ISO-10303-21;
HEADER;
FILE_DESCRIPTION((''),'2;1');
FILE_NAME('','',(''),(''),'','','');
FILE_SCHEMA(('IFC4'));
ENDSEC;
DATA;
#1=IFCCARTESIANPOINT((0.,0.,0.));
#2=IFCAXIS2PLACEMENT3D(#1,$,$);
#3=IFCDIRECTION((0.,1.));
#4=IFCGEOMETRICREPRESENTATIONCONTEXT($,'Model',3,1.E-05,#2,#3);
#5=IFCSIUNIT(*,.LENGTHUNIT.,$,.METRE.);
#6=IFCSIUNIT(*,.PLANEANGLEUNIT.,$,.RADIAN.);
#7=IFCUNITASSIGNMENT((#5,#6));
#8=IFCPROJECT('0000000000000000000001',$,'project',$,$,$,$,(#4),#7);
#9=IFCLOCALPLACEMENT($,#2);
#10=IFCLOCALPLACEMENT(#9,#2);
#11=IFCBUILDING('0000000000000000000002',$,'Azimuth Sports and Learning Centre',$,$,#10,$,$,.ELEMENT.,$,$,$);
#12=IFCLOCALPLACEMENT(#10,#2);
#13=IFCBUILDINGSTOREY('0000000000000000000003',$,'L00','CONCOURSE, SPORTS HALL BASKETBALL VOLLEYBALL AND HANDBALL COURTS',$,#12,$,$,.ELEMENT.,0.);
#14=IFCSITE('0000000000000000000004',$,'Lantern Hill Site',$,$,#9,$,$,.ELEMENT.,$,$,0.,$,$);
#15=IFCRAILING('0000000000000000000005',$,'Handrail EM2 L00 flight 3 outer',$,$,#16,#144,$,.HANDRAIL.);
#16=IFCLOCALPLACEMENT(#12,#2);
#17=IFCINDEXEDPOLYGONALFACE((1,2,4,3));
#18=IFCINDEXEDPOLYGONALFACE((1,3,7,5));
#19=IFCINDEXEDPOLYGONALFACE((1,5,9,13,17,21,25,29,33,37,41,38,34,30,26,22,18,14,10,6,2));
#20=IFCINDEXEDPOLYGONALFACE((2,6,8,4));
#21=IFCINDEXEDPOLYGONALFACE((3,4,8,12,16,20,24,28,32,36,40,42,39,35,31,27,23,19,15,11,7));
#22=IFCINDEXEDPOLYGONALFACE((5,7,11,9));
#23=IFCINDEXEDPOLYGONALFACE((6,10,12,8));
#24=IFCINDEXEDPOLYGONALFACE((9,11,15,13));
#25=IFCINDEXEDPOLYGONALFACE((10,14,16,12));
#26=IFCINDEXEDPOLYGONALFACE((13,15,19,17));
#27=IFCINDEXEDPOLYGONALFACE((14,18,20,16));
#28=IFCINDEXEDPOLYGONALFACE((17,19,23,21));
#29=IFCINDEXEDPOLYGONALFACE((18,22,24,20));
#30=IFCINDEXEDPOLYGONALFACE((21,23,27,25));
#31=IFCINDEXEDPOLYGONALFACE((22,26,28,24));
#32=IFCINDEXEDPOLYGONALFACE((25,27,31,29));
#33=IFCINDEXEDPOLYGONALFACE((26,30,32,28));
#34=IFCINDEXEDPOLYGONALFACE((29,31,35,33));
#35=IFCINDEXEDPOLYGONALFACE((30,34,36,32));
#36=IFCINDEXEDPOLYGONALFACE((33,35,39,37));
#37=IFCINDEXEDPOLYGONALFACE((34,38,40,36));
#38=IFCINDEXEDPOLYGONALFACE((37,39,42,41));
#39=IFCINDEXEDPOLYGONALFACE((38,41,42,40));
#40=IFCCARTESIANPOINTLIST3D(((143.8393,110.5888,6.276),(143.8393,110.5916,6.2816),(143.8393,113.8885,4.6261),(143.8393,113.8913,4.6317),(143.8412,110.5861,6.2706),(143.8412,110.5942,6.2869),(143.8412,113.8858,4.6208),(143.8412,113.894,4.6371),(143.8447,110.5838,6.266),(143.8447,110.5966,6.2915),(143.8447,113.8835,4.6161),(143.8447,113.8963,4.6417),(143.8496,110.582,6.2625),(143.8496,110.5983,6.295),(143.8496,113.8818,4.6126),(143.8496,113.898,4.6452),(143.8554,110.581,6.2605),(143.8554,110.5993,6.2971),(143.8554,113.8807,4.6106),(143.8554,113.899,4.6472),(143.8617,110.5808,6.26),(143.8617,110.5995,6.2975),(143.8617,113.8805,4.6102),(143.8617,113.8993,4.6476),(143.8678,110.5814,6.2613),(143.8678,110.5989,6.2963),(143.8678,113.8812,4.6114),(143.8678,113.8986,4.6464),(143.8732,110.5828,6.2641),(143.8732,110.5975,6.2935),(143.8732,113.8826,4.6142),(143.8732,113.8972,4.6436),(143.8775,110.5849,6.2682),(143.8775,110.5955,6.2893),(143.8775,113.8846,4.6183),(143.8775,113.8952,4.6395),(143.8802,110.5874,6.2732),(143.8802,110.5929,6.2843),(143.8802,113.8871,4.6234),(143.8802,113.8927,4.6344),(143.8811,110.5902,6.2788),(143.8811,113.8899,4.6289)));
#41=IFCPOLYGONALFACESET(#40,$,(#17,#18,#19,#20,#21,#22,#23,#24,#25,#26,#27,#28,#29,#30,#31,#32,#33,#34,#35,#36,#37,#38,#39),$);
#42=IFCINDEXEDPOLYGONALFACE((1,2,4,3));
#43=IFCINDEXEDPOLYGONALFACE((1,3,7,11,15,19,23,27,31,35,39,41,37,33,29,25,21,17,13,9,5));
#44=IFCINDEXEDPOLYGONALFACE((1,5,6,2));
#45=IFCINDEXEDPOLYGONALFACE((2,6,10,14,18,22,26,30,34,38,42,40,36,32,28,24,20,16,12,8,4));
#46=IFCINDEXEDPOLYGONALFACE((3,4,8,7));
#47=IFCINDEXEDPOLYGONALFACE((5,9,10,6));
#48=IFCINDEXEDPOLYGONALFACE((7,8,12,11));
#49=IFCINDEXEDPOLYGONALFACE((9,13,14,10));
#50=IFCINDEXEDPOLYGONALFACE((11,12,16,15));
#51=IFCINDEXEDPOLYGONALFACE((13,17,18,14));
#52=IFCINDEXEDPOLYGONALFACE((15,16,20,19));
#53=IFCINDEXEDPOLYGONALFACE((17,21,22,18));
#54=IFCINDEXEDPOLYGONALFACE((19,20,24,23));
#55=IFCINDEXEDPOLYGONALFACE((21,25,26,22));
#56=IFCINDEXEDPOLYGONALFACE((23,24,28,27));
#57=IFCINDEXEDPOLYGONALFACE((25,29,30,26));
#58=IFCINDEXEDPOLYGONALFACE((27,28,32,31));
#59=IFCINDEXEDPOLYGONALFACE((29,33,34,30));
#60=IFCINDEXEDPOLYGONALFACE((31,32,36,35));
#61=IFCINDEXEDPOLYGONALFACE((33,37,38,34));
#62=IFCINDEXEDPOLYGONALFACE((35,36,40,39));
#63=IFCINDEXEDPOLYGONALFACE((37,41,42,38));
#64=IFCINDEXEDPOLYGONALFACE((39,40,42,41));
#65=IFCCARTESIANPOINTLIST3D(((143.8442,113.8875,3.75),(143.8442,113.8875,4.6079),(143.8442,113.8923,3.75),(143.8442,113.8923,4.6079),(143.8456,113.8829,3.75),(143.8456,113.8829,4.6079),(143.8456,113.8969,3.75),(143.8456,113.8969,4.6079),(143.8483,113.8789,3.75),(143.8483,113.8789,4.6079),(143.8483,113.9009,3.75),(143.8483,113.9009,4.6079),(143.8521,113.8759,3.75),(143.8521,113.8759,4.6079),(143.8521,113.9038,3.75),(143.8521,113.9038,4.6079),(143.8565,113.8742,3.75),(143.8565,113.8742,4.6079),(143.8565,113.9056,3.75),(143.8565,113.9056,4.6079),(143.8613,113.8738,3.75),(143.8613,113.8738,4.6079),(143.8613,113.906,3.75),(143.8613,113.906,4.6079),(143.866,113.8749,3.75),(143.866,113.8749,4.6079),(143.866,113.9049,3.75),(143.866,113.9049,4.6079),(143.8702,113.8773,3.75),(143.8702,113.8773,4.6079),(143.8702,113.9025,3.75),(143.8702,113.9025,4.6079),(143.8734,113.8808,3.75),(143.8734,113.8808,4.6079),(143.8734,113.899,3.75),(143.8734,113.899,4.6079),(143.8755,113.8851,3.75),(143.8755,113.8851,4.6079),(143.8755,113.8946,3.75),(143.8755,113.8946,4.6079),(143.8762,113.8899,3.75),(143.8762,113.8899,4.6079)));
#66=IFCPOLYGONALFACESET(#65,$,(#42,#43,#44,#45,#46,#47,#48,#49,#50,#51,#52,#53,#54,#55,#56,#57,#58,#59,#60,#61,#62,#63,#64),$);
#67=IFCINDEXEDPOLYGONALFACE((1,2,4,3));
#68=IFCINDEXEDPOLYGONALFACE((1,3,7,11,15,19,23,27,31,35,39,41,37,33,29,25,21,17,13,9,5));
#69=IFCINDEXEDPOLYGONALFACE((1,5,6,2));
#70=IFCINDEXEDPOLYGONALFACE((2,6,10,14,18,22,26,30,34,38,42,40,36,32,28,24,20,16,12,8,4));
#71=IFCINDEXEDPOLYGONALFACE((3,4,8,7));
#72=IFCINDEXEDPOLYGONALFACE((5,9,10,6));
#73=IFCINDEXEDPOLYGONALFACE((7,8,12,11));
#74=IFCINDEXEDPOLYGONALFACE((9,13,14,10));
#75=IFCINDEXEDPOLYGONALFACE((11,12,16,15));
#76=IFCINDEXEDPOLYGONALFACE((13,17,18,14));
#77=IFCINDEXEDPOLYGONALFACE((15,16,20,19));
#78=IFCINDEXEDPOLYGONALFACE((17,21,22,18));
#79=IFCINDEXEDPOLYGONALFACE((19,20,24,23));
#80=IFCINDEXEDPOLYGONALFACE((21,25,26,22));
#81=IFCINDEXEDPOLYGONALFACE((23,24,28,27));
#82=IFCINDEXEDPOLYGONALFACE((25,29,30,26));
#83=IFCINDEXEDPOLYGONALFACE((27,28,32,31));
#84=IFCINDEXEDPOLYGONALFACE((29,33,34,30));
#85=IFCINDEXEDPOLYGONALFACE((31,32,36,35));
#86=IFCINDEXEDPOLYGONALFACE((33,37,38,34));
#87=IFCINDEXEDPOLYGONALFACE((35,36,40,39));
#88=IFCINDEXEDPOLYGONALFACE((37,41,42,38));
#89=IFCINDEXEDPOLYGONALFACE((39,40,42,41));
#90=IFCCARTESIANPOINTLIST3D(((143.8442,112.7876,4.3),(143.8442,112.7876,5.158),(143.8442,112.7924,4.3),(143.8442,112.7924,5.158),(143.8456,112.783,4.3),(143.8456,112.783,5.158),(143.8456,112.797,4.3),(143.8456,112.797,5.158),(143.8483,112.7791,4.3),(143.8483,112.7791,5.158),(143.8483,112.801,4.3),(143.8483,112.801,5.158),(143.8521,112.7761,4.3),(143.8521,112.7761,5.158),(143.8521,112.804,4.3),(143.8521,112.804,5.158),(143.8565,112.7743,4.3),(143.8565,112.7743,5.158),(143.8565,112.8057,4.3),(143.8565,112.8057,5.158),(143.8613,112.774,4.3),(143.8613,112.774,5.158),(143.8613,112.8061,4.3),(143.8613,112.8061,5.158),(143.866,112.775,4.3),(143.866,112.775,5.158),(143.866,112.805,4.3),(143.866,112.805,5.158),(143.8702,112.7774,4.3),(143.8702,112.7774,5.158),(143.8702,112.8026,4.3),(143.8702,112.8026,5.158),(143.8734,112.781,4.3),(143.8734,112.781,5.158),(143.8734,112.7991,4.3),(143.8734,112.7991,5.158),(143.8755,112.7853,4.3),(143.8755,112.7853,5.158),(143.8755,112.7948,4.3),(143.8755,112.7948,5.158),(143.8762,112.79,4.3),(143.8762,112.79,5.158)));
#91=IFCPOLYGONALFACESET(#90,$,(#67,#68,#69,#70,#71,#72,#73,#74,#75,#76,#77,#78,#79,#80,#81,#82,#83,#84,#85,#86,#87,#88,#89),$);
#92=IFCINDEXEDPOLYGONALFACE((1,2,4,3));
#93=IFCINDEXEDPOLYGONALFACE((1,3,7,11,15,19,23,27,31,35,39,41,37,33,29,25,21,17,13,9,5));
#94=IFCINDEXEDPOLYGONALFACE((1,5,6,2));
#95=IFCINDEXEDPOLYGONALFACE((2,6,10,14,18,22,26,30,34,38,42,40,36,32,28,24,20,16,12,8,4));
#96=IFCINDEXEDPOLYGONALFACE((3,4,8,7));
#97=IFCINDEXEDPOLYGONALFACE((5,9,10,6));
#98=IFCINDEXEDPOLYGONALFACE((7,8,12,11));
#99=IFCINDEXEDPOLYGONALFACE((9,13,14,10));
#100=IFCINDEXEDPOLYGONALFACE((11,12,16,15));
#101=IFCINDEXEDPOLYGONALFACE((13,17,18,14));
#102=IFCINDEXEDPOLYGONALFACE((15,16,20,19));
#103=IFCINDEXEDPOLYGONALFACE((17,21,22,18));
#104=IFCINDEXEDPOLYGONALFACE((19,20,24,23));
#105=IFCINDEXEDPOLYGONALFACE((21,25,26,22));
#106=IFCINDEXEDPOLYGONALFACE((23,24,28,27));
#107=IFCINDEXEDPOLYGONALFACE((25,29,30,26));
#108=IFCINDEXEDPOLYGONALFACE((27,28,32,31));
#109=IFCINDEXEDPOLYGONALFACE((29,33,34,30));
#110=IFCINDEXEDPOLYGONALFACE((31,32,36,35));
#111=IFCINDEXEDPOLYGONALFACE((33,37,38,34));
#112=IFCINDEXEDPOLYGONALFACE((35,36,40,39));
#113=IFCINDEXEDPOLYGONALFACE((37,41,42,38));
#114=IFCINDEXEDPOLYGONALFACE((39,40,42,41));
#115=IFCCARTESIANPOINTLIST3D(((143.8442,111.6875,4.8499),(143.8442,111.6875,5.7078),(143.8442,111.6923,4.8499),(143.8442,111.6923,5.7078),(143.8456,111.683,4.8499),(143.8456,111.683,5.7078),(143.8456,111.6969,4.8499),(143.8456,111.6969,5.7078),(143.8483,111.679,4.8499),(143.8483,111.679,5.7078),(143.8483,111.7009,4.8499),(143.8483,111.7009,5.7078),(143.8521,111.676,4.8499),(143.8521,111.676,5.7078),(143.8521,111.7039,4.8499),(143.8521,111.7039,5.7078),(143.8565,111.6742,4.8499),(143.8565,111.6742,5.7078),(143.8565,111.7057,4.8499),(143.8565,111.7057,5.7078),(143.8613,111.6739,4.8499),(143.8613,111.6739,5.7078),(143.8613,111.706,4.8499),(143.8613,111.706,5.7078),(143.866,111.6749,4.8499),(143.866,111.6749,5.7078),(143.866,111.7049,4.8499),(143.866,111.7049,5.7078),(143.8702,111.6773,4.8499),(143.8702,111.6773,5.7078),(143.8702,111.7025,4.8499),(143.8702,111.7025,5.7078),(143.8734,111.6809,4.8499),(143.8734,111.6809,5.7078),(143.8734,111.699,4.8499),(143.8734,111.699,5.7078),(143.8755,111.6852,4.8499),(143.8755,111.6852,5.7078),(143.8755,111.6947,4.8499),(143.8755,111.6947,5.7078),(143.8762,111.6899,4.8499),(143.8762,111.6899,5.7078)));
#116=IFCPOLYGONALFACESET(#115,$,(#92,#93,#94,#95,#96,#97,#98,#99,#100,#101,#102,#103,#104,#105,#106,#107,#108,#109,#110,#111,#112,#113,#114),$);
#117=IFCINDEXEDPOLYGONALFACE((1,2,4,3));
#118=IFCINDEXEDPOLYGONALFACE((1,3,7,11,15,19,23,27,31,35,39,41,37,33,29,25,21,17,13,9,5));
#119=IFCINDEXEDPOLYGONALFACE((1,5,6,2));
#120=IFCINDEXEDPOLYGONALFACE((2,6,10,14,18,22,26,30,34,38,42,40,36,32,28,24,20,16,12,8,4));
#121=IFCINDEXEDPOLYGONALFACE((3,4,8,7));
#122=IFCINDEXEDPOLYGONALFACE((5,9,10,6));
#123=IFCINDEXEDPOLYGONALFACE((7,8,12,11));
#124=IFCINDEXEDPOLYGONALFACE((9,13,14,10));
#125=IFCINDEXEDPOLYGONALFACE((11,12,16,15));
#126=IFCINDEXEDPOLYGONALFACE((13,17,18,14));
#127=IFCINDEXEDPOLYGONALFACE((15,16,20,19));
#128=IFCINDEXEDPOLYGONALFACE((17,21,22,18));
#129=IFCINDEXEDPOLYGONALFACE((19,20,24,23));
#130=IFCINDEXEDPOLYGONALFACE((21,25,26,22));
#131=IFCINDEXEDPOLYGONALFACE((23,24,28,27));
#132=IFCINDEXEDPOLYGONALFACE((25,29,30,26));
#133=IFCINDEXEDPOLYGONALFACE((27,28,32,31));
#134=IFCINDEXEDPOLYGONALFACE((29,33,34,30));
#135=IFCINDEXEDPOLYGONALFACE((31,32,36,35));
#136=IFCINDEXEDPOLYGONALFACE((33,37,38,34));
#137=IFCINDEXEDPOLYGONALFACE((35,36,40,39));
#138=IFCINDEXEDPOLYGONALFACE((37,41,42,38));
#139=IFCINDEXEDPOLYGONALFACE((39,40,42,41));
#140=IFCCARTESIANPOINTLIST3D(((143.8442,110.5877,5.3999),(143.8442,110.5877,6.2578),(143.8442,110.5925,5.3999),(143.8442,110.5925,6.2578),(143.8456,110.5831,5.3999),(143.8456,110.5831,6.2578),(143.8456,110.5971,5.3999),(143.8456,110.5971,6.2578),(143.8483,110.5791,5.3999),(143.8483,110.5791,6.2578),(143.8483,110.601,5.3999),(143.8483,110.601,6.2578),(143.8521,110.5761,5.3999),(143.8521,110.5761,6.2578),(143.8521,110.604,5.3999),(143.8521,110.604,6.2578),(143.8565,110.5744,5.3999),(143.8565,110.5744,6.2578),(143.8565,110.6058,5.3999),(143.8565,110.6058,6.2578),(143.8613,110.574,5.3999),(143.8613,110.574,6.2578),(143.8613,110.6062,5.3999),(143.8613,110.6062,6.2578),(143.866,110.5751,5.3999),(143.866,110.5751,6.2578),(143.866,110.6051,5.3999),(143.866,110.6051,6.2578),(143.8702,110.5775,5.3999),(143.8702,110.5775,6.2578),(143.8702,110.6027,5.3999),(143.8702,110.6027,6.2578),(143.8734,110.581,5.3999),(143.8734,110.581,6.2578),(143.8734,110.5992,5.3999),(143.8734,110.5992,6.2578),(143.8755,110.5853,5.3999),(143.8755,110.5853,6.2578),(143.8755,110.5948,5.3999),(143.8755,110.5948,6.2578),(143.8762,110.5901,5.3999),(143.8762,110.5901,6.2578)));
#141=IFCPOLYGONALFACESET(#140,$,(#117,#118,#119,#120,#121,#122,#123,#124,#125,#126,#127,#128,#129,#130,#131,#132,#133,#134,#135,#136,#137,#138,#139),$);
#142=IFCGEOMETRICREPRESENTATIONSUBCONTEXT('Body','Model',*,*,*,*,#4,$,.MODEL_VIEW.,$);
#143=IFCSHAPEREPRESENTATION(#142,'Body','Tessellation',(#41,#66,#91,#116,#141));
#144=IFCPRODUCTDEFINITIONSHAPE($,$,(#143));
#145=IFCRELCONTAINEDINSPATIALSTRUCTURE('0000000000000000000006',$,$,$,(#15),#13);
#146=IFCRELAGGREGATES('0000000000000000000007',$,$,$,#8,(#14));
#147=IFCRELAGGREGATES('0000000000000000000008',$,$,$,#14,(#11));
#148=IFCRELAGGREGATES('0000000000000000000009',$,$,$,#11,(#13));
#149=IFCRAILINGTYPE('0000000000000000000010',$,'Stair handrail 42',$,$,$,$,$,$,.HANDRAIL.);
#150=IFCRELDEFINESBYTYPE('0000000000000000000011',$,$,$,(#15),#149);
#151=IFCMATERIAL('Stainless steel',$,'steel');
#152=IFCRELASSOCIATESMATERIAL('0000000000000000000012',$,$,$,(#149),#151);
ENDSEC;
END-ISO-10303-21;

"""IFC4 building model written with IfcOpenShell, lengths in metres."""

from ifc_helpers import new_model, si_unit, direction, frame, origin, origin_2d, place, context, subcontext, project, spatial, circle, extrude, material, type_object, element, save


model = new_model("IFC4")

# Units and contexts
model_context = context("Model", 3, precision=1e-05, world=origin(), true_north=direction((0.0, 1.0)))
body_context = subcontext(model_context, "Body", "Model", "MODEL_VIEW")
ifc_project = project(units=[si_unit("LENGTHUNIT", "METRE"), si_unit("PLANEANGLEUNIT", "RADIAN")], contexts=[model_context])

# Site, building, storey
site_placement = place(None, origin())
site = spatial("IfcSite", under=ifc_project, at=site_placement, Name="Lantern Hill Site", CompositionType="ELEMENT", RefElevation=0.0)
building_placement = place(site_placement, origin())
building = spatial("IfcBuilding", under=site, at=building_placement, Name="Azimuth Sports and Learning Centre", CompositionType="ELEMENT")
storey_placement = place(building_placement, origin())
storey = spatial("IfcBuildingStorey", under=building, at=storey_placement, Name="L00", Description="CONCOURSE, SPORTS HALL BASKETBALL VOLLEYBALL AND HANDBALL COURTS", CompositionType="ELEMENT", Elevation=0.0)

# Railing
ifc_material_1 = material(Name="Stainless steel", Category="steel")
railing_type_1 = type_object("IfcRailingType", Name="Stair handrail 42", PredefinedType="HANDRAIL", material=ifc_material_1)
for number, where, name in (
    (1, (143.8601, 113.8899, 3.75), "Handrail EM2 L00 flight 3 outer"),
):
    element("IfcRailing", number, at=place(storey_placement, frame(where)), inside=storey, type_object=railing_type_1, Name=name, PredefinedType="HANDRAIL", context=body_context, shape_type="SweptSolid", body=[
        extrude(circle(Radius=0.021, at=origin_2d()), frame((0.0, 0.0, 0.8789), z_axis=(0.0, -0.894427, 0.447214), x_axis=(1.0, 0.0, 0.0)), (0.0, 0.0, 1.0), 3.6892),
        extrude(circle(Radius=0.0161, at=origin_2d()), origin(), (0.0, 0.0, 1.0), 0.8579),
        extrude(circle(Radius=0.0161, at=origin_2d()), frame((0.0, -1.0999, 0.55)), (0.0, 0.0, 1.0), 0.8579),
        extrude(circle(Radius=0.0161, at=origin_2d()), frame((0.0, -2.2, 1.0999)), (0.0, 0.0, 1.0), 0.8579),
        extrude(circle(Radius=0.0161, at=origin_2d()), frame((0.0, -3.2998, 1.6499)), (0.0, 0.0, 1.0), 0.8579),
    ])

save(model, "model.ifc")
